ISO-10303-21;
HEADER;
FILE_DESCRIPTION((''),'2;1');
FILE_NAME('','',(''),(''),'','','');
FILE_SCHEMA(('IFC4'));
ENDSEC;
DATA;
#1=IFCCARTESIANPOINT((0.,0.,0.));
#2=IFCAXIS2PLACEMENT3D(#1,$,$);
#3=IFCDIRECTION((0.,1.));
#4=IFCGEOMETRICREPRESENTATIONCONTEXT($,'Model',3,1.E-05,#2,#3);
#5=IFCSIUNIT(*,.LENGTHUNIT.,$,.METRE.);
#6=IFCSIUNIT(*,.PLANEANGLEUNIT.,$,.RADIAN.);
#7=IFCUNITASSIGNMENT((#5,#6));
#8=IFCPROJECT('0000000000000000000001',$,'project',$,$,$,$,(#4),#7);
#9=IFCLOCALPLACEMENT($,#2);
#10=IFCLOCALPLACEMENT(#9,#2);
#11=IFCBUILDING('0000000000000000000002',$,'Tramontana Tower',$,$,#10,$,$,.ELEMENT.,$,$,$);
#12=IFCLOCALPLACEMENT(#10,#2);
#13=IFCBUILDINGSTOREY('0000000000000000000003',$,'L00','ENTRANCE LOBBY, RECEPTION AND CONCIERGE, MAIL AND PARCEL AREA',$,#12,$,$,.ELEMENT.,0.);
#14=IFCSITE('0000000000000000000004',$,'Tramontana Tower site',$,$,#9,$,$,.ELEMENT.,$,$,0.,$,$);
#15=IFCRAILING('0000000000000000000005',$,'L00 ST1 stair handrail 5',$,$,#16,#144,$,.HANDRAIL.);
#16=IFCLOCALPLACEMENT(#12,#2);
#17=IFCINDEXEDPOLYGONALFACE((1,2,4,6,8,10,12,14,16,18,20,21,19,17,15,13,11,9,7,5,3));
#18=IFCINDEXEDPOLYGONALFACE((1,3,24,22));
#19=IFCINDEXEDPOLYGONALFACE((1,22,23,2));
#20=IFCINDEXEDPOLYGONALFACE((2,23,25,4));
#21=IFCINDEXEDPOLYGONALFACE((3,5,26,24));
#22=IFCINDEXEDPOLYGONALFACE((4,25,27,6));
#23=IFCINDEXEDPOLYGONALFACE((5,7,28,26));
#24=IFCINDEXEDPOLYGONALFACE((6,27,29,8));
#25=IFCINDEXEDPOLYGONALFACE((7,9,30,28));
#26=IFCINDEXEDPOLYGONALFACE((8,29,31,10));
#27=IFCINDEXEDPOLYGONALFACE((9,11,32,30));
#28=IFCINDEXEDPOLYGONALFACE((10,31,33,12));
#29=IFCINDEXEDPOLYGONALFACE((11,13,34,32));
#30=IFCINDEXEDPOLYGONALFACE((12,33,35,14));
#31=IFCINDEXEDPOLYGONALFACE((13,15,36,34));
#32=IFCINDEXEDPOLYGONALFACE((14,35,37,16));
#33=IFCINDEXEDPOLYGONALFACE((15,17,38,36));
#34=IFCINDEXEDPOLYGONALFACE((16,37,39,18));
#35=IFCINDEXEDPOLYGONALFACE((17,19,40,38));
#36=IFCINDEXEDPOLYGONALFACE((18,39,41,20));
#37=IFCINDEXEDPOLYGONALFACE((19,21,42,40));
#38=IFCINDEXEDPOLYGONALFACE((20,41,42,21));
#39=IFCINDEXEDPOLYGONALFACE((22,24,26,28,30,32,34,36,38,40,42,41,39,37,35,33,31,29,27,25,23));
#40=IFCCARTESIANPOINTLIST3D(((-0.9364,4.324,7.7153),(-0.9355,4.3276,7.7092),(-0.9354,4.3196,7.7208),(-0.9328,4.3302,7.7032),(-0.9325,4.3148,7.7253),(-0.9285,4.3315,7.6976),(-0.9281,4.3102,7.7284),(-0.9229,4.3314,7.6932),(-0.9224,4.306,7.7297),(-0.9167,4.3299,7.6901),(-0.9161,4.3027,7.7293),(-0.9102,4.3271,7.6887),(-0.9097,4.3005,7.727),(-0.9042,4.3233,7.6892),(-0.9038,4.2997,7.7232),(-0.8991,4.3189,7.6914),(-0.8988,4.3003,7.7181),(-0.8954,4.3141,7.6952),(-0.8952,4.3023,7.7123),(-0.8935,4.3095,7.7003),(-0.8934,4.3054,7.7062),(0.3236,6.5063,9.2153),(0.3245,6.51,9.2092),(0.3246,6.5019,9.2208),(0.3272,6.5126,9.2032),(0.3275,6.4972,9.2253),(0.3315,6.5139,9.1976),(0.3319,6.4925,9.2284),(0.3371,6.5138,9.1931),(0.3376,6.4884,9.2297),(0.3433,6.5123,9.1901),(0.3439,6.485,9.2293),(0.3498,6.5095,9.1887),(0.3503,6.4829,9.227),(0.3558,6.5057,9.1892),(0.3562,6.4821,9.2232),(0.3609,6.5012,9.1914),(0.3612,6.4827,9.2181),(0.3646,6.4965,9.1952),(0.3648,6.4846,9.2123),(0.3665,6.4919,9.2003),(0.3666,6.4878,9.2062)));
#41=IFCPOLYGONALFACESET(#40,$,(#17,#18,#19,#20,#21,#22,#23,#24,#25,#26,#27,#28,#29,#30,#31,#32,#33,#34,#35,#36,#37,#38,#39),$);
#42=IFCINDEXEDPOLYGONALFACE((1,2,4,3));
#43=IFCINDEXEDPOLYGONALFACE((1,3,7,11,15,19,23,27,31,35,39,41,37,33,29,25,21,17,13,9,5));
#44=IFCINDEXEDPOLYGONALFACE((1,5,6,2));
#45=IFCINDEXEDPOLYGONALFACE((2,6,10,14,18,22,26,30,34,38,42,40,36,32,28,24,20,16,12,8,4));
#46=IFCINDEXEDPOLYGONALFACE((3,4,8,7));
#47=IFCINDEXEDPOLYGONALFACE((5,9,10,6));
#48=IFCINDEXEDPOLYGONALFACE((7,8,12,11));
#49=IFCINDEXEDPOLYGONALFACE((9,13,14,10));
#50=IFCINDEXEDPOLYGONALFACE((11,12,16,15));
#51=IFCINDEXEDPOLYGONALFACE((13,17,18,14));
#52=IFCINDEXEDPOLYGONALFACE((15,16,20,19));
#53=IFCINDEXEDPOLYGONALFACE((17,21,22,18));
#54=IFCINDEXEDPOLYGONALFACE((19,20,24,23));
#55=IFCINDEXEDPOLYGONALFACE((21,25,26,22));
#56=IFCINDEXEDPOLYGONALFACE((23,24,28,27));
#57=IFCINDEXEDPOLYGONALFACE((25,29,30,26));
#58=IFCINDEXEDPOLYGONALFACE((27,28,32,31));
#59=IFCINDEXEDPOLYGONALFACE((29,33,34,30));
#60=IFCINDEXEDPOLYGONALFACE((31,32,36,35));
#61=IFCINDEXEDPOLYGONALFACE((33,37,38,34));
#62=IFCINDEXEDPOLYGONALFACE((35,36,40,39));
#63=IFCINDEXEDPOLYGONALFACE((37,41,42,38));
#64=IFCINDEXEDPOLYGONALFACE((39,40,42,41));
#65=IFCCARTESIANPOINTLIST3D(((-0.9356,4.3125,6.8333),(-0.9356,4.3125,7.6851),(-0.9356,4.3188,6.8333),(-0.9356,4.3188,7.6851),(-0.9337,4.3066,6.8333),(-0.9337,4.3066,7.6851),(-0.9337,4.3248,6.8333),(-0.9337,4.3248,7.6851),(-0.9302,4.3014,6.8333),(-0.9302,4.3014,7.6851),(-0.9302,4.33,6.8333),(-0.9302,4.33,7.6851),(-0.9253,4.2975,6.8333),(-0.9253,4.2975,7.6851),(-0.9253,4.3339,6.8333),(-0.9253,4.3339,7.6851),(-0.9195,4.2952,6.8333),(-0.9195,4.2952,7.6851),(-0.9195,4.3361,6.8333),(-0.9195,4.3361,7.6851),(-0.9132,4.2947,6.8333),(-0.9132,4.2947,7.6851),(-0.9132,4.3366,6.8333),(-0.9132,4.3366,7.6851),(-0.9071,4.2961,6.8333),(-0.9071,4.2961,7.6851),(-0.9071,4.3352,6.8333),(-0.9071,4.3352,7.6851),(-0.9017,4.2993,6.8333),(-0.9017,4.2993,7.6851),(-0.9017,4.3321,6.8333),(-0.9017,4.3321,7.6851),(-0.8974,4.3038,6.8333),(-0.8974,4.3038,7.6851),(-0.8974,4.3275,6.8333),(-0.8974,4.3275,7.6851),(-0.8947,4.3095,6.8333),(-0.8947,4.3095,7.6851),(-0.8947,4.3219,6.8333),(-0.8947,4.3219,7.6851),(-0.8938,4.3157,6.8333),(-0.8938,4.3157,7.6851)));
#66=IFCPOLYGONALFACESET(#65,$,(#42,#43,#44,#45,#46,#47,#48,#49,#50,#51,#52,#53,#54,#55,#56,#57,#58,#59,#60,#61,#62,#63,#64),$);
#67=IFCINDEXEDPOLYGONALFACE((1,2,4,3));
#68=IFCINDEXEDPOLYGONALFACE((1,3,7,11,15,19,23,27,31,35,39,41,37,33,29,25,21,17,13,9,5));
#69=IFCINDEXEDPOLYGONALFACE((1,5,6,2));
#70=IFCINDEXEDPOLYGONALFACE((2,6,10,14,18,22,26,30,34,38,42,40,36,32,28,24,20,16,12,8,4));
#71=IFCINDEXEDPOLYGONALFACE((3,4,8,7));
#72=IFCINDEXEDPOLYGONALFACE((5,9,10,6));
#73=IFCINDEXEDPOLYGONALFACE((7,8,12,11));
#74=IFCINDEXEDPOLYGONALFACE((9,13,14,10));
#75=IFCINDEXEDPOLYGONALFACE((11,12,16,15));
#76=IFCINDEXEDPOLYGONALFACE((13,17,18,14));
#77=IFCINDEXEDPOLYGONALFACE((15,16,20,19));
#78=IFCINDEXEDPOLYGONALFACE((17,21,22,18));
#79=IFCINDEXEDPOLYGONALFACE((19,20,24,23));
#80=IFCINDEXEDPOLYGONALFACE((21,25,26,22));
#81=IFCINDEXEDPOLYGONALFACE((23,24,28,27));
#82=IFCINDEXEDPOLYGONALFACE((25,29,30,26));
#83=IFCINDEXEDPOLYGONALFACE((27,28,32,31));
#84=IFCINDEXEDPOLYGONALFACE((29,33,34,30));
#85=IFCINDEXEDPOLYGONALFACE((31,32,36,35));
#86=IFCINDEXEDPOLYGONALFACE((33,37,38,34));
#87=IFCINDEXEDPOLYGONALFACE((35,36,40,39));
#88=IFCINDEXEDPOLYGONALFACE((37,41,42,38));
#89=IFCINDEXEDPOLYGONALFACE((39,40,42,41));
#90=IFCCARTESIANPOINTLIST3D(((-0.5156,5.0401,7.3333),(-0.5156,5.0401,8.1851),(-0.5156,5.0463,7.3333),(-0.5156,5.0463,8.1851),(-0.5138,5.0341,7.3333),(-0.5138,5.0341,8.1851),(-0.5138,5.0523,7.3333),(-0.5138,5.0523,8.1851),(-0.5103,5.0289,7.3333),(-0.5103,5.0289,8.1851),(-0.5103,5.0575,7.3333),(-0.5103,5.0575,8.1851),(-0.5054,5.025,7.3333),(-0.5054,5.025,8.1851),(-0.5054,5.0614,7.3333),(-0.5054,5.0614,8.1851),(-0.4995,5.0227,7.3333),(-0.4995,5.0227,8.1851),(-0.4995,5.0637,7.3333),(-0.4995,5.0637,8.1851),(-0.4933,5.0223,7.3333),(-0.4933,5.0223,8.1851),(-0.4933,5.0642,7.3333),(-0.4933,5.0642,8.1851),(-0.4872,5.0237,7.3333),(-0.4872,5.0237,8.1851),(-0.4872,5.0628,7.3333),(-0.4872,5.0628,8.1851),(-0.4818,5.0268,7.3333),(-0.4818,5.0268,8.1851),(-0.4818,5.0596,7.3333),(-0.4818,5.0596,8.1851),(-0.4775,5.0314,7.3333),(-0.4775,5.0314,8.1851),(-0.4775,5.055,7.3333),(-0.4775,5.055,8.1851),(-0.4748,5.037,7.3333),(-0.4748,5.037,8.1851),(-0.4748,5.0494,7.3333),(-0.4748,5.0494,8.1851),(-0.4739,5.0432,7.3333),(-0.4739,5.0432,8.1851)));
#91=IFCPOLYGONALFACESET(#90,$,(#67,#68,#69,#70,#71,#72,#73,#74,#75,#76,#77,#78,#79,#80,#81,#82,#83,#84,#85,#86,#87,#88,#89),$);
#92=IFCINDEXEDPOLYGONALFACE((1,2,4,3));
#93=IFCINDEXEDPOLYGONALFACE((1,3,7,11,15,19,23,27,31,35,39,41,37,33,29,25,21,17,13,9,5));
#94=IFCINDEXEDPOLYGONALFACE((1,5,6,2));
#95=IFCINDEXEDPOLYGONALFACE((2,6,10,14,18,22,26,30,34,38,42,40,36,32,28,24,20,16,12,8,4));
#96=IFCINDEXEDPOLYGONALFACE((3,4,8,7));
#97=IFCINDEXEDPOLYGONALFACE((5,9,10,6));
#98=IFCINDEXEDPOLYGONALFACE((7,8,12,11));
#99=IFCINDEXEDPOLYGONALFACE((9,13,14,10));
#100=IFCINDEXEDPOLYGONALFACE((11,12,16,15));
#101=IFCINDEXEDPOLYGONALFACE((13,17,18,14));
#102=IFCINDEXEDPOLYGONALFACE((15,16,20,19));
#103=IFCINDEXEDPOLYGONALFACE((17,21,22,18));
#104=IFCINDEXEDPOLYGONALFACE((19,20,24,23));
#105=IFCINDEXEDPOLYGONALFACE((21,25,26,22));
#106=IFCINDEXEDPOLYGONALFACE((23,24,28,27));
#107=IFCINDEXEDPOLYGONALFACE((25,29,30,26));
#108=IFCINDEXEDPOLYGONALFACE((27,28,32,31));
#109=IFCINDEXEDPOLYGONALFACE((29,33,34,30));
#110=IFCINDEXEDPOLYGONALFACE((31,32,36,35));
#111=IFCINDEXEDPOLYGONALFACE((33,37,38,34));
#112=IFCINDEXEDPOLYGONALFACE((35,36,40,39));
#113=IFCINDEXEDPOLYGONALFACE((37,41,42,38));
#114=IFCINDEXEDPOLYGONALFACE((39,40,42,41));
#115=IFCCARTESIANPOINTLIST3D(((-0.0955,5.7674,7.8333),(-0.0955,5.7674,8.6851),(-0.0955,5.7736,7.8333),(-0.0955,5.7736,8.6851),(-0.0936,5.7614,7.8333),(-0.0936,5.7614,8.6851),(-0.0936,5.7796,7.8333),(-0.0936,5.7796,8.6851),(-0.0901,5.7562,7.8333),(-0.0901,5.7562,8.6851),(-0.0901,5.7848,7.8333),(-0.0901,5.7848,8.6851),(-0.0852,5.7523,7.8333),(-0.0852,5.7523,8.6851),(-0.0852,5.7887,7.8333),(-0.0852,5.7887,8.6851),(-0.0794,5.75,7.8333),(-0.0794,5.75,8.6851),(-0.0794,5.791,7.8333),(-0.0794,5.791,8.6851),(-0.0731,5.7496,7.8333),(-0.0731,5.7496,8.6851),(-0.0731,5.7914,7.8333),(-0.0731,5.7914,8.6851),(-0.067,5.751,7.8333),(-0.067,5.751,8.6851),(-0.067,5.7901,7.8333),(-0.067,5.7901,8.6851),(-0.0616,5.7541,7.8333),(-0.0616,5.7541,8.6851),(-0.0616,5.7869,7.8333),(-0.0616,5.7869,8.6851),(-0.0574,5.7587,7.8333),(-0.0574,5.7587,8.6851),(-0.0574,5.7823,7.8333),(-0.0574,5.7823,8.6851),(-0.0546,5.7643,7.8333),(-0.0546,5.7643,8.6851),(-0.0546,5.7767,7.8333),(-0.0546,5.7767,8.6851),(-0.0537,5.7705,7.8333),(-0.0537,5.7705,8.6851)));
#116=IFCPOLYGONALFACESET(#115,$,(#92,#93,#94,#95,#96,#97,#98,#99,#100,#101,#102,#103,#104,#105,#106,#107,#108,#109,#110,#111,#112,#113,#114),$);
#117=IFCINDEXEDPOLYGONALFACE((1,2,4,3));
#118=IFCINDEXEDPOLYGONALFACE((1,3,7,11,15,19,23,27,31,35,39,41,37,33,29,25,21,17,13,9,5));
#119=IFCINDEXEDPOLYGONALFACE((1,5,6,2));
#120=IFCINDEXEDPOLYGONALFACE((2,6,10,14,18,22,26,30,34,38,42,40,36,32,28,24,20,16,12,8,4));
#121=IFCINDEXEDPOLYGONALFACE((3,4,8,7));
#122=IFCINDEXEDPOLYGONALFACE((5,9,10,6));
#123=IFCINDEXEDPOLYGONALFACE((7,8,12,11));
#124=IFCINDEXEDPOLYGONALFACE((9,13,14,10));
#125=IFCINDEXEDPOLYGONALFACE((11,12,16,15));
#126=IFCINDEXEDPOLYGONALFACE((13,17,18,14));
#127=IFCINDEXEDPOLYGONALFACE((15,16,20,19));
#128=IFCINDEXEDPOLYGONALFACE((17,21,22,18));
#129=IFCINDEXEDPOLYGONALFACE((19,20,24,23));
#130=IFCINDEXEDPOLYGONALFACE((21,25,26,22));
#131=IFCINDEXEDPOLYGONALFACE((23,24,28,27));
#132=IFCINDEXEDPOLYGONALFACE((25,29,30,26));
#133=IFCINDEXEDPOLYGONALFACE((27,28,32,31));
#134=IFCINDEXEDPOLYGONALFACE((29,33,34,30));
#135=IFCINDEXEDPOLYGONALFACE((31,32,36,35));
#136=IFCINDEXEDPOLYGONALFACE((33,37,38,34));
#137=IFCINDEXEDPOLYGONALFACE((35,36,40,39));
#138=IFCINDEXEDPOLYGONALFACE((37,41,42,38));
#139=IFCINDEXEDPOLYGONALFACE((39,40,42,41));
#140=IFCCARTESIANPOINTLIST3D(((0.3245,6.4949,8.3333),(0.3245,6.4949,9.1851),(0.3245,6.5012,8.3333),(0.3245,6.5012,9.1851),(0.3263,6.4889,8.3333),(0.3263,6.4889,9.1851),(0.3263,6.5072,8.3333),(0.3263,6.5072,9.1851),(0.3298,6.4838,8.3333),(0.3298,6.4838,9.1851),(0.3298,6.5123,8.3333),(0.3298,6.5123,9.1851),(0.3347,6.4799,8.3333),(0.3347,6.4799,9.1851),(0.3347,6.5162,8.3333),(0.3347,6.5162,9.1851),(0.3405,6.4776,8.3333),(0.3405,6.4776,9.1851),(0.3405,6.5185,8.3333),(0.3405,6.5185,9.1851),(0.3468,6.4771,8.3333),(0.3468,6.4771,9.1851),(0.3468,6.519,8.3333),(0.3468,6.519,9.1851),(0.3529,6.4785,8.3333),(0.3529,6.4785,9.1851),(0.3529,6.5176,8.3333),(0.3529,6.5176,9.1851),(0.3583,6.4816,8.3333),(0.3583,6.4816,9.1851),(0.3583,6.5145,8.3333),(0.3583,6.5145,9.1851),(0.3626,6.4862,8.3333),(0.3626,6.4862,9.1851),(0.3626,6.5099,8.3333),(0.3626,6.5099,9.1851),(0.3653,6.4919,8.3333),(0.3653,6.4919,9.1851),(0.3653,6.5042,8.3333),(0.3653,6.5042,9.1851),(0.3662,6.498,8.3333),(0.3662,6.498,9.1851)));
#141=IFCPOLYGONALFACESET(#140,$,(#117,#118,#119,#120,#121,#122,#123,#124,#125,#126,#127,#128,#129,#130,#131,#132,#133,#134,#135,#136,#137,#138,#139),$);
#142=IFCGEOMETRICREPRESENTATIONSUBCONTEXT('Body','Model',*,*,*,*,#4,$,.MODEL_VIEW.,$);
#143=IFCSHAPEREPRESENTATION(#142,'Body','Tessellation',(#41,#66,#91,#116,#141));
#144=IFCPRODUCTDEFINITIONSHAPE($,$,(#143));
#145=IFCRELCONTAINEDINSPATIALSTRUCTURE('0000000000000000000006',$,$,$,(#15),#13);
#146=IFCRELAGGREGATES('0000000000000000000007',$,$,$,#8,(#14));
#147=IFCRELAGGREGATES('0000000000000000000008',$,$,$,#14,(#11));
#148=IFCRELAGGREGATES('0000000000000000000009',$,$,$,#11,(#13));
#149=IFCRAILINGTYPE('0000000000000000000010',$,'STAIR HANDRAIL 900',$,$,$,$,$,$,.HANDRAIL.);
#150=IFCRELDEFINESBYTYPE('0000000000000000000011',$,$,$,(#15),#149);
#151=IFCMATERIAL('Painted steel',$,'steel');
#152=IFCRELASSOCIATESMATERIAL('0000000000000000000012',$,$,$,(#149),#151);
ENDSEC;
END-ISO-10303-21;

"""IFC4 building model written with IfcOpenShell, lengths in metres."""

from ifc_helpers import new_model, si_unit, direction, frame, origin, origin_2d, place, context, subcontext, project, spatial, circle, extrude, material, type_object, element, save


model = new_model("IFC4")

# Units and contexts
model_context = context("Model", 3, precision=1e-05, world=origin(), true_north=direction((0.0, 1.0)))
body_context = subcontext(model_context, "Body", "Model", "MODEL_VIEW")
ifc_project = project(units=[si_unit("LENGTHUNIT", "METRE"), si_unit("PLANEANGLEUNIT", "RADIAN")], contexts=[model_context])

# Site, building, storey
site_placement = place(None, origin())
site = spatial("IfcSite", under=ifc_project, at=site_placement, Name="Tramontana Tower site", CompositionType="ELEMENT", RefElevation=0.0)
building_placement = place(site_placement, origin())
building = spatial("IfcBuilding", under=site, at=building_placement, Name="Tramontana Tower", CompositionType="ELEMENT")
storey_placement = place(building_placement, origin())
storey = spatial("IfcBuildingStorey", under=building, at=storey_placement, Name="L00", Description="ENTRANCE LOBBY, RECEPTION AND CONCIERGE, MAIL AND PARCEL AREA", CompositionType="ELEMENT", Elevation=0.0)

# Railing
ifc_material_1 = material(Name="Painted steel", Category="steel")
railing_type_1 = type_object("IfcRailingType", Name="STAIR HANDRAIL 900", PredefinedType="HANDRAIL", material=ifc_material_1)
for number, where, name in (
    (1, (-0.9148, 4.3157, 6.8333), "L00 ST1 stair handrail 5"),
):
    element("IfcRailing", number, at=place(storey_placement, frame(where)), inside=storey, type_object=railing_type_1, Name=name, PredefinedType="HANDRAIL", context=body_context, shape_type="SweptSolid", body=[
        extrude(circle(Radius=0.0239, at=origin_2d()), frame((0.0, 0.0, 0.876), z_axis=(0.42965, 0.744167, 0.511485), x_axis=(-0.866023, 0.500005, 0.0)), (0.0, 0.0, 1.0), 2.9326),
        extrude(circle(Radius=0.021, at=origin_2d()), origin(), (0.0, 0.0, 1.0), 0.8518),
        extrude(circle(Radius=0.021, at=origin_2d()), frame((0.4199, 0.7275, 0.5)), (0.0, 0.0, 1.0), 0.8518),
        extrude(circle(Radius=0.021, at=origin_2d()), frame((0.8401, 1.4548, 1.0)), (0.0, 0.0, 1.0), 0.8518),
        extrude(circle(Radius=0.021, at=origin_2d()), frame((1.26, 2.1824, 1.5)), (0.0, 0.0, 1.0), 0.8518),
    ])

save(model, "model.ifc")
